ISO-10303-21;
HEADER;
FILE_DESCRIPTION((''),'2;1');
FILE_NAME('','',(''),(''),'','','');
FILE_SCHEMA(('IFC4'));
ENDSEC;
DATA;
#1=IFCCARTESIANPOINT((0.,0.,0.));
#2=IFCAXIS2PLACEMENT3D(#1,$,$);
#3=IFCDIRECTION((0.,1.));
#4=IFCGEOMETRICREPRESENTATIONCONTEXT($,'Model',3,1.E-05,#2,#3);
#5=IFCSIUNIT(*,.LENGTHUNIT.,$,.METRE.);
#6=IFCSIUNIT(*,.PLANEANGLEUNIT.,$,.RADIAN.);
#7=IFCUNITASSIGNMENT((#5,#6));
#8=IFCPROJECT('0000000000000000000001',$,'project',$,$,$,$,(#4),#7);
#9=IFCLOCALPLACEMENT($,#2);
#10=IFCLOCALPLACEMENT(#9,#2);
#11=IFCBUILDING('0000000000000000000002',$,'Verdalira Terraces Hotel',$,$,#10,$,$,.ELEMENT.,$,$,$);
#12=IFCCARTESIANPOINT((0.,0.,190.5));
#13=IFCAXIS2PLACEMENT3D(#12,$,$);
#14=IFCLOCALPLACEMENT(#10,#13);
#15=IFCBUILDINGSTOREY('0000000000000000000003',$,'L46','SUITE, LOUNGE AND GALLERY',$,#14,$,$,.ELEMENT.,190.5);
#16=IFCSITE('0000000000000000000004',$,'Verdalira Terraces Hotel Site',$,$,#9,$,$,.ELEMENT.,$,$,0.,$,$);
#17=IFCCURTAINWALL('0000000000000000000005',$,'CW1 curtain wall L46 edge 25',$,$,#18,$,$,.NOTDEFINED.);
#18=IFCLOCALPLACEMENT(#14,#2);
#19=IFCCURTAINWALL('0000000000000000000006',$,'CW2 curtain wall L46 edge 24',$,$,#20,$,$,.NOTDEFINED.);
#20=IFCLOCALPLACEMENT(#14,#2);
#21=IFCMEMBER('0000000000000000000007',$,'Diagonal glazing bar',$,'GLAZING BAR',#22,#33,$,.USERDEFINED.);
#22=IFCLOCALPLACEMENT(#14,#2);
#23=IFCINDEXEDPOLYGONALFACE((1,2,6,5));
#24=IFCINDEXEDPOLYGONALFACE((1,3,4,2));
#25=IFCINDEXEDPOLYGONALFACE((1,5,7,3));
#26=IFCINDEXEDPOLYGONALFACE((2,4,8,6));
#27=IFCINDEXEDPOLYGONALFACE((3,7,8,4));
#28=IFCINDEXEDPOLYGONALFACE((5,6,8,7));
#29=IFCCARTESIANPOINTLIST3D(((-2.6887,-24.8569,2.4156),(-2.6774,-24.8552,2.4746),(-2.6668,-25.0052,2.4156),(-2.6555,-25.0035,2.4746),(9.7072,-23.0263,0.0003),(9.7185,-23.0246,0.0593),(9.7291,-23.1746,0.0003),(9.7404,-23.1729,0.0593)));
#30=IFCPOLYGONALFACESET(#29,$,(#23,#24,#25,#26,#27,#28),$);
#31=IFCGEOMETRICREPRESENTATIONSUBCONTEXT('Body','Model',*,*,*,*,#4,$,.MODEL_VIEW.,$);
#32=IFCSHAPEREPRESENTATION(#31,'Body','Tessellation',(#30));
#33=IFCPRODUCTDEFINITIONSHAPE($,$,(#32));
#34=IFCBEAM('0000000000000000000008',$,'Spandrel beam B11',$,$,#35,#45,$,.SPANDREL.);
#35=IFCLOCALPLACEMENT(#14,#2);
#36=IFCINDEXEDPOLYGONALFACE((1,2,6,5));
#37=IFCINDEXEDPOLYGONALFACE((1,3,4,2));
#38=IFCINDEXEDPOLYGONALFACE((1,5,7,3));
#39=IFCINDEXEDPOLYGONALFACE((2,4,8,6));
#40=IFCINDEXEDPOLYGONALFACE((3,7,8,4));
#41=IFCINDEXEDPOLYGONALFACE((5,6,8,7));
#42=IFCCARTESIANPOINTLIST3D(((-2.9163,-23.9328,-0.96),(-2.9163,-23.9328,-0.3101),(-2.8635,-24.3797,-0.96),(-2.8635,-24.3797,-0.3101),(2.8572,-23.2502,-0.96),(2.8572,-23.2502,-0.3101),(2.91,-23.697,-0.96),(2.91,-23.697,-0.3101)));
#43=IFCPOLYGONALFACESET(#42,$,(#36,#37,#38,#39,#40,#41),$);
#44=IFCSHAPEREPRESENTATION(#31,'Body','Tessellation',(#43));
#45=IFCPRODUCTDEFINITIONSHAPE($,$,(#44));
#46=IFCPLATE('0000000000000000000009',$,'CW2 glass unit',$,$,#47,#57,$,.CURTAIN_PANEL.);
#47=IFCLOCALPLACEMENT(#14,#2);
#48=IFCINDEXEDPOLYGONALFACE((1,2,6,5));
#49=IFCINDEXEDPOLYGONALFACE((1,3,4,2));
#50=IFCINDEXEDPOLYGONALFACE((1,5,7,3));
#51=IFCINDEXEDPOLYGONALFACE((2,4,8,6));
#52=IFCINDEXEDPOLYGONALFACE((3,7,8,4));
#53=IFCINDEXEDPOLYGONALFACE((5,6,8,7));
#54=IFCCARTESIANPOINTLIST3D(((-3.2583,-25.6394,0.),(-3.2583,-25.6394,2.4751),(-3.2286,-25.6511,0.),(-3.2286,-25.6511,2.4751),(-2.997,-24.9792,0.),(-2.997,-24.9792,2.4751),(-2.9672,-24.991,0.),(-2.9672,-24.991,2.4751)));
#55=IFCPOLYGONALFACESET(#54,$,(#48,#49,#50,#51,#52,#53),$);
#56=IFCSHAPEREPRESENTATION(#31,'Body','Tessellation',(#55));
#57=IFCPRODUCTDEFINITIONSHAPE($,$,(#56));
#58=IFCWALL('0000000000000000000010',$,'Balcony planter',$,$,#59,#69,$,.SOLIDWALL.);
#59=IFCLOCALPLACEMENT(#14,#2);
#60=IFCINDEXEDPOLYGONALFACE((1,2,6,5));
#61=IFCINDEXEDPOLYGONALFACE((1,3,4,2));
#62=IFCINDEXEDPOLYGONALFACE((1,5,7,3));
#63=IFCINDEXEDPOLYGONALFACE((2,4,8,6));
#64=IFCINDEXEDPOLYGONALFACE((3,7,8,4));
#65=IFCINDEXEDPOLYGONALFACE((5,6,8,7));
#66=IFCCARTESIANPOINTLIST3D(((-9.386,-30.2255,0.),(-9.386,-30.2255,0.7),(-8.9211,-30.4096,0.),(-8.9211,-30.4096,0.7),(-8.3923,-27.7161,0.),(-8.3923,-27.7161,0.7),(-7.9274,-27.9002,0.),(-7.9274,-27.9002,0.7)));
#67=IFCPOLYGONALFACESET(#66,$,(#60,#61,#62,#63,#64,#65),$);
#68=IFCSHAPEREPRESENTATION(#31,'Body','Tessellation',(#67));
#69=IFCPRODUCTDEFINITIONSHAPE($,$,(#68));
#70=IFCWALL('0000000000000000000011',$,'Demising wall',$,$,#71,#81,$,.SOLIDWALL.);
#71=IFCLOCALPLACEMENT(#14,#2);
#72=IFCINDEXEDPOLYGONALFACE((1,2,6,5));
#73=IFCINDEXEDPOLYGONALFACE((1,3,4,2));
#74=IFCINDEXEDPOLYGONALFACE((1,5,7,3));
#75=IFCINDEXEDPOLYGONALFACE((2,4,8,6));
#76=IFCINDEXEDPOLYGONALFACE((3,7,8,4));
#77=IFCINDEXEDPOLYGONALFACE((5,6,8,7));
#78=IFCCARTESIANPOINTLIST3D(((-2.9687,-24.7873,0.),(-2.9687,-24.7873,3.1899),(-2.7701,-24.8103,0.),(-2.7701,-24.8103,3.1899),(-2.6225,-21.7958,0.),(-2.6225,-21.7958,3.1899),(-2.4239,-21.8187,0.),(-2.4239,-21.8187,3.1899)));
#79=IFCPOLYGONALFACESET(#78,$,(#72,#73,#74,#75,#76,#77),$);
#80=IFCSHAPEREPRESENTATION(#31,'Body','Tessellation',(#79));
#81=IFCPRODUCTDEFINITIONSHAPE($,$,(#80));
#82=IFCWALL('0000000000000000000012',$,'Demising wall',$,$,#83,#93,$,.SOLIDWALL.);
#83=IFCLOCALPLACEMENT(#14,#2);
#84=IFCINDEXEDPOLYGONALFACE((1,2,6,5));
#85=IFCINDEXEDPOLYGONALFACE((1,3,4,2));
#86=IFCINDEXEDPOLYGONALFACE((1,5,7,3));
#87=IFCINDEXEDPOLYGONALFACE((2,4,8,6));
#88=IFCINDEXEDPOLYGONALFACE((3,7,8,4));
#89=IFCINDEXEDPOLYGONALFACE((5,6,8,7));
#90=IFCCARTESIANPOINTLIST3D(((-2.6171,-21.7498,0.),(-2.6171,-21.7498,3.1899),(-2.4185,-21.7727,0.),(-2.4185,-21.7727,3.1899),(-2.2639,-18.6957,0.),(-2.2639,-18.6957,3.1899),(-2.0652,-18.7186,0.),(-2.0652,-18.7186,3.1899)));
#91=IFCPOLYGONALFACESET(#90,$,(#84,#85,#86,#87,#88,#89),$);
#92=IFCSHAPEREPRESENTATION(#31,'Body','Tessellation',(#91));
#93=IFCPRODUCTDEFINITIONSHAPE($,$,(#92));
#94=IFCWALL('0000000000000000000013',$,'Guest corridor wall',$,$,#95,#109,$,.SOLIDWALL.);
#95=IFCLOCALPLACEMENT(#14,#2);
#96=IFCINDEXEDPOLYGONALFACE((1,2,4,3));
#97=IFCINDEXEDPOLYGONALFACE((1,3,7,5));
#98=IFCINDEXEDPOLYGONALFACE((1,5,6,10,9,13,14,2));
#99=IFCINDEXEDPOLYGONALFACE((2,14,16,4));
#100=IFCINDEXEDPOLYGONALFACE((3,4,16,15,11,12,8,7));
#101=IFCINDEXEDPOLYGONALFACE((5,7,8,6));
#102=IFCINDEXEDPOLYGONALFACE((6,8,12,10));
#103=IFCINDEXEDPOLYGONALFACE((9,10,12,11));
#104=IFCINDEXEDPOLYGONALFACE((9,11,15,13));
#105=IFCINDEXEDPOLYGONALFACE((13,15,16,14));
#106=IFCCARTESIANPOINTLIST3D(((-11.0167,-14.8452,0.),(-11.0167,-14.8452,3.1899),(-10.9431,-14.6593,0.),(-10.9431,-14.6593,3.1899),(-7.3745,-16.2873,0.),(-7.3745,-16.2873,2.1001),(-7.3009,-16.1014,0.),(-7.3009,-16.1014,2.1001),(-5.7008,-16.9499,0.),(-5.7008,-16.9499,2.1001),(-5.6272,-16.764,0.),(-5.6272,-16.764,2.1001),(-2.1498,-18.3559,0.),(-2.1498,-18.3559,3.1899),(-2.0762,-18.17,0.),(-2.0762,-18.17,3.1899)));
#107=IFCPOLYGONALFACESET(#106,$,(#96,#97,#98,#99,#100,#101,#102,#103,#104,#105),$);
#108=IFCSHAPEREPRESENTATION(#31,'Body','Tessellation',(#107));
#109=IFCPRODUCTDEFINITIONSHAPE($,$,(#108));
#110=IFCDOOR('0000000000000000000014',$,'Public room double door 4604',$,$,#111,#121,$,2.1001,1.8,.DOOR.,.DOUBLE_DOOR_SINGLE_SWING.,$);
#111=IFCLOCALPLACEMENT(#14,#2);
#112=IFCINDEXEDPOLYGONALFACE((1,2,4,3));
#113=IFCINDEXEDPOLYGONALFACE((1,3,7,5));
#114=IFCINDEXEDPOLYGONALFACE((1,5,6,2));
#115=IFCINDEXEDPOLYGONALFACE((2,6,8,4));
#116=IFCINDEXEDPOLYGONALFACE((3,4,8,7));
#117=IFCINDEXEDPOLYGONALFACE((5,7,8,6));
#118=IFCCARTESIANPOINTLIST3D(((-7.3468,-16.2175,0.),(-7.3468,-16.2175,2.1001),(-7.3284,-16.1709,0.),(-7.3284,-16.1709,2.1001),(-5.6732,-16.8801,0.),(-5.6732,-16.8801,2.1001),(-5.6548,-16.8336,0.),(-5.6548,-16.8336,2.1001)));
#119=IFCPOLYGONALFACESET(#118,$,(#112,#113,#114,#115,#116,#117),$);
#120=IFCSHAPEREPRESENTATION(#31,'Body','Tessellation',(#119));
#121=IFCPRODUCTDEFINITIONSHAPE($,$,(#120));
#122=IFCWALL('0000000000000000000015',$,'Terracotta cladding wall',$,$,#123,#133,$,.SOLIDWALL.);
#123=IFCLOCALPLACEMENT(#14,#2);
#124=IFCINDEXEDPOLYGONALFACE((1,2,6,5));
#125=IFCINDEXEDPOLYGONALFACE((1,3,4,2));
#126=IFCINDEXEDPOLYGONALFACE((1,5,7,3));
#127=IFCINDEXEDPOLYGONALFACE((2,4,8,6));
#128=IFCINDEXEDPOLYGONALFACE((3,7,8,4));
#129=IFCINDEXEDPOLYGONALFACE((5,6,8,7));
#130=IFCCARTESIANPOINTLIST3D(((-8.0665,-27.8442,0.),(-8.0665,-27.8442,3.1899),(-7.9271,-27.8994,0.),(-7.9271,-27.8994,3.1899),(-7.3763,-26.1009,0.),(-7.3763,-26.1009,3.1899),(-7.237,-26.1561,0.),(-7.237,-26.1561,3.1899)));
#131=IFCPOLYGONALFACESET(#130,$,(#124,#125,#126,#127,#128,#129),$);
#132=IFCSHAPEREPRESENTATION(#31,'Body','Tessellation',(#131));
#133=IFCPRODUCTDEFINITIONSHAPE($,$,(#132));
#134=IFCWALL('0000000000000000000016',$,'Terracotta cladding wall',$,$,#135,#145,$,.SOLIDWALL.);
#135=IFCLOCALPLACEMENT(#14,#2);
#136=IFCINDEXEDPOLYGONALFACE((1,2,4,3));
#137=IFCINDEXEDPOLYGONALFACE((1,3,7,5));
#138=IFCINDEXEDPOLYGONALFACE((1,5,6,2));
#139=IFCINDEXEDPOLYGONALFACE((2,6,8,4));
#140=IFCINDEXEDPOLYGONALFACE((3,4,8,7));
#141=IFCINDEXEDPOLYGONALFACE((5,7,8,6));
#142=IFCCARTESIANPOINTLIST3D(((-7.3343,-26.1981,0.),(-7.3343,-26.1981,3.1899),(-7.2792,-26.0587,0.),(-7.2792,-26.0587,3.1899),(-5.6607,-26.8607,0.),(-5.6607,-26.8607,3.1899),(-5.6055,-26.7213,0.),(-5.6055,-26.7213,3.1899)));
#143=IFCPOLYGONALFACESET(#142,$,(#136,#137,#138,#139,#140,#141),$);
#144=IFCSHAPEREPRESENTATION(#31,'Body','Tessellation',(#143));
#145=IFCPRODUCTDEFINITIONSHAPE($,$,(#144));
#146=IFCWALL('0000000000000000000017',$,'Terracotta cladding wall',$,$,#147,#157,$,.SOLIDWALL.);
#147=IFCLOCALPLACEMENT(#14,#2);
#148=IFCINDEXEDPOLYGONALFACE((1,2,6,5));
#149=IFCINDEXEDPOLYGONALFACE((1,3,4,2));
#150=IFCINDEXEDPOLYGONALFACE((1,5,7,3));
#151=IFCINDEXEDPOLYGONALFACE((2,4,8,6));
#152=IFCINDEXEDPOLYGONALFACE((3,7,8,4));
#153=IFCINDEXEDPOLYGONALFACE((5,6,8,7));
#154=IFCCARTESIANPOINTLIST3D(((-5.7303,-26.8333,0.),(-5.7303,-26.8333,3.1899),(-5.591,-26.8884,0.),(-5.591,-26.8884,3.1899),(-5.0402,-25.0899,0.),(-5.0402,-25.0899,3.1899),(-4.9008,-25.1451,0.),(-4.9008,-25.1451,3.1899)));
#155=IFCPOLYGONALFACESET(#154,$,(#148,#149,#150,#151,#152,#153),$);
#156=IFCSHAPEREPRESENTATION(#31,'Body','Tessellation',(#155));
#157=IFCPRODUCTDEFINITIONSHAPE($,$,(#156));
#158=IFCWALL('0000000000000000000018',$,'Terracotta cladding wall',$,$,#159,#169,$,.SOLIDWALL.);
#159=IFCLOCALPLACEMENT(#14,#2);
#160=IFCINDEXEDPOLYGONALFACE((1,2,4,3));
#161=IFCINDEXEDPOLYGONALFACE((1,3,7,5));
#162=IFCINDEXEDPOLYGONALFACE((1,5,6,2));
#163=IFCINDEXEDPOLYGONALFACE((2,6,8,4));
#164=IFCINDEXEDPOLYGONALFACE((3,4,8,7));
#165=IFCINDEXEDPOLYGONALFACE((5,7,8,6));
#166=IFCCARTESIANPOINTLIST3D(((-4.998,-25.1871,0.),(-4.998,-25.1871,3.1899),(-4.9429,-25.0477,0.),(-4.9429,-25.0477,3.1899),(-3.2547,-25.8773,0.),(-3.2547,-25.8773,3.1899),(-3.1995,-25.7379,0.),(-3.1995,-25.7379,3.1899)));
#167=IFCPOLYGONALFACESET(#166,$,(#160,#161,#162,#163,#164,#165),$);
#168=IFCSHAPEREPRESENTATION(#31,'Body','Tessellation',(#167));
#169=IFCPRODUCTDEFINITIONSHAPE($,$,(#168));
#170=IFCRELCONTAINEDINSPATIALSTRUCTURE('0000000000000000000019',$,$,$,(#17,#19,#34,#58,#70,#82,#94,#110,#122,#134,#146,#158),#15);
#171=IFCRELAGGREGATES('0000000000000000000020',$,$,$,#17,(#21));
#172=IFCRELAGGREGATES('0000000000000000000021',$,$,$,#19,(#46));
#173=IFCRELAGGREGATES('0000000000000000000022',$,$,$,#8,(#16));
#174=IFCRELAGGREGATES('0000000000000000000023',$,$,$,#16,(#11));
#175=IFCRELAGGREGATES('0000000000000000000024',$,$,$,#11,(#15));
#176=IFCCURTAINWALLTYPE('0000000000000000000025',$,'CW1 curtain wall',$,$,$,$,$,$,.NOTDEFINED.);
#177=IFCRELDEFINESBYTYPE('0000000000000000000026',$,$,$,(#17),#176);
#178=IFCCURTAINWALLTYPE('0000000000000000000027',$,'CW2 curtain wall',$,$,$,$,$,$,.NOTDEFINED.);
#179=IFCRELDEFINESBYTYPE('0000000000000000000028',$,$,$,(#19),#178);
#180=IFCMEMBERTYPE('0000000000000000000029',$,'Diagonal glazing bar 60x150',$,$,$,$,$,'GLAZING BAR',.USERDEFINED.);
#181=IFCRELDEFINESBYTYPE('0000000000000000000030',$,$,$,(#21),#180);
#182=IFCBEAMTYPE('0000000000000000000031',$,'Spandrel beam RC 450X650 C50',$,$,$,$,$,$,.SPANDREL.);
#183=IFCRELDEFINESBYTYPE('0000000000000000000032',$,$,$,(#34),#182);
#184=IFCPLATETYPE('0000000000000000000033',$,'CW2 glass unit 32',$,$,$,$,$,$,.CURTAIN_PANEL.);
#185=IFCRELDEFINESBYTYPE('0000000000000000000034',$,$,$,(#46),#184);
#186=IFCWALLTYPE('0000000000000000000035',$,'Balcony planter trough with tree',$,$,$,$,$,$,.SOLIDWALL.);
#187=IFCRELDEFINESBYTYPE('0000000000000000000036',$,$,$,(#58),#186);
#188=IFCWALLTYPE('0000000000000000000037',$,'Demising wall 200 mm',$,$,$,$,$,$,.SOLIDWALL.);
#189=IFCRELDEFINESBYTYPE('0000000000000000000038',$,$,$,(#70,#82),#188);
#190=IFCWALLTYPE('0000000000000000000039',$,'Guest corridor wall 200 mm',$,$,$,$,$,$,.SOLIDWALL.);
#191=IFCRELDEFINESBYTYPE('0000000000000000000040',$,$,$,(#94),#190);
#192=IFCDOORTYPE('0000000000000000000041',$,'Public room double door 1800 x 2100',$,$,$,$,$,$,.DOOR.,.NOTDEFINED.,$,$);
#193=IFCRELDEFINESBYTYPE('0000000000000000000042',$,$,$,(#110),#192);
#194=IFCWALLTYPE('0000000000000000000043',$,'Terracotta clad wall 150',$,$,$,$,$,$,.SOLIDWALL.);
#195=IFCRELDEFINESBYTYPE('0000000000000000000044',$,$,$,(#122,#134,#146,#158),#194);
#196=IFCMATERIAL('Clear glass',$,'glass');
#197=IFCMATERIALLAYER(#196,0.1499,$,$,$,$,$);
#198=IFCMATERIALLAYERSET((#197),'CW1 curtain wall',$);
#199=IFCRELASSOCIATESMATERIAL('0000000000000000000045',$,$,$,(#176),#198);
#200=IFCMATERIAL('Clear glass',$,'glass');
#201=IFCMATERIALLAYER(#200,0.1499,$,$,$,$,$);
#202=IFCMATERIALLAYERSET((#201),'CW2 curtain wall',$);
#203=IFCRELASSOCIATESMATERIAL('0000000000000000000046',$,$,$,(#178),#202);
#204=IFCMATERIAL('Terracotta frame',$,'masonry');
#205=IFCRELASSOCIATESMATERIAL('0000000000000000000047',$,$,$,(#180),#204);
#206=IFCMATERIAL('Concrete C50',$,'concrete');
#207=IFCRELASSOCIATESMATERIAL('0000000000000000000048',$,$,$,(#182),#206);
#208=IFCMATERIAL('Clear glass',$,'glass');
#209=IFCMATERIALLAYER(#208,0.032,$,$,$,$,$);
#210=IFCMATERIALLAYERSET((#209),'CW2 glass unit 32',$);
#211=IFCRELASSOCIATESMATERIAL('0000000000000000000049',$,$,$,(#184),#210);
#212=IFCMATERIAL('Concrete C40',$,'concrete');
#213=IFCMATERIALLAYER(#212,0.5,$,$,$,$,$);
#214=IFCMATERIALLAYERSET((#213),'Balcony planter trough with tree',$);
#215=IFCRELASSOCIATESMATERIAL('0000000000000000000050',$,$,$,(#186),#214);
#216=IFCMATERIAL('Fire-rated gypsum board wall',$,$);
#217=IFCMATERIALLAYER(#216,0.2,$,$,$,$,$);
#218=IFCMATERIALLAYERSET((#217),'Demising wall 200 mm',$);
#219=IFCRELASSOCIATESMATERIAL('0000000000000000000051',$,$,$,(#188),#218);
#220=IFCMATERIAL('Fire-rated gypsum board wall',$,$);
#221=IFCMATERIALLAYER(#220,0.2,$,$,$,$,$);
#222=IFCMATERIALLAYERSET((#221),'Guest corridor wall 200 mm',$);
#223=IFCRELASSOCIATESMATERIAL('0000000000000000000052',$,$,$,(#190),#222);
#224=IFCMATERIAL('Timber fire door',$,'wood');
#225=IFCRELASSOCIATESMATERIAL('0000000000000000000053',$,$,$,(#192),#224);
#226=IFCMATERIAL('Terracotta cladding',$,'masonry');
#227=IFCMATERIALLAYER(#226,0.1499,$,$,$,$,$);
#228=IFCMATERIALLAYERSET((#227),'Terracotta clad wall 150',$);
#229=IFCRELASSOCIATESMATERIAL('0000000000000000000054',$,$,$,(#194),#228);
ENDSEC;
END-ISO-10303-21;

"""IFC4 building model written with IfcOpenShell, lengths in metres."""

from ifc_helpers import new_model, si_unit, direction, frame, frame_2d, origin, origin_2d, place, context, subcontext, project, spatial, rectangle, extrude, material, layer, layer_set, material_profile, profile_set, type_object, element, fill, aggregate, save


model = new_model("IFC4")

# Units and contexts
model_context = context("Model", 3, precision=1e-05, world=origin(), true_north=direction((0.0, 1.0)))
body_context = subcontext(model_context, "Body", "Model", "MODEL_VIEW")
ifc_project = project(units=[si_unit("LENGTHUNIT", "METRE"), si_unit("PLANEANGLEUNIT", "RADIAN")], contexts=[model_context])

# Site, building, storey
site_placement = place(None, origin())
site = spatial("IfcSite", under=ifc_project, at=site_placement, Name="Verdalira Terraces Hotel Site", CompositionType="ELEMENT", RefElevation=0.0)
building_placement = place(site_placement, origin())
building = spatial("IfcBuilding", under=site, at=building_placement, Name="Verdalira Terraces Hotel", CompositionType="ELEMENT")
storey_placement = place(building_placement, frame((0.0, 0.0, 190.5)))
storey = spatial("IfcBuildingStorey", under=building, at=storey_placement, Name="L46", Description="SUITE, LOUNGE AND GALLERY", CompositionType="ELEMENT", Elevation=190.5)

# Curtain walls
ifc_material_1 = material(Name="Clear glass", Category="glass")
ifc_layer_1 = layer(ifc_material_1, 0.1499)
ifc_layer_set_1 = layer_set([ifc_layer_1], Name="CW1 curtain wall")
curtain_wall_type_1 = type_object("IfcCurtainWallType", Name="CW1 curtain wall", PredefinedType="NOTDEFINED", material=ifc_layer_set_1)
curtain_wall_1_placement = place(storey_placement, origin())
curtain_wall_1 = element("IfcCurtainWall", 1, at=curtain_wall_1_placement, inside=storey, type_object=curtain_wall_type_1, Name="CW1 curtain wall L46 edge 25", PredefinedType="NOTDEFINED")
ifc_material_2 = material(Name="Clear glass", Category="glass")
ifc_layer_2 = layer(ifc_material_2, 0.1499)
ifc_layer_set_2 = layer_set([ifc_layer_2], Name="CW2 curtain wall")
curtain_wall_type_2 = type_object("IfcCurtainWallType", Name="CW2 curtain wall", PredefinedType="NOTDEFINED", material=ifc_layer_set_2)
curtain_wall_2_placement = place(storey_placement, origin())
curtain_wall_2 = element("IfcCurtainWall", 2, at=curtain_wall_2_placement, inside=storey, type_object=curtain_wall_type_2, Name="CW2 curtain wall L46 edge 24", PredefinedType="NOTDEFINED")

# Member
ifc_material_3 = material(Name="Terracotta frame", Category="masonry")
ifc_material_profile_1 = material_profile(ifc_material_3, rectangle(XDim=0.1499, YDim=0.0601, at=origin_2d()), Name="GB 60x150")
ifc_profile_set_1 = profile_set([ifc_material_profile_1], Name="Terracotta frame")
member_type_1 = type_object("IfcMemberType", Name="Diagonal glazing bar 60x150", ElementType="GLAZING BAR", PredefinedType="USERDEFINED", material=ifc_profile_set_1)
member_1_placement = place(storey_placement, frame((-2.6721, -24.9302, 2.4451), z_axis=(0.97139, 0.143449, -0.189269), x_axis=(-0.14609, 0.989271, 0.0)))
member_1 = element("IfcMember", 3, at=member_1_placement, type_object=member_type_1, Name="Diagonal glazing bar", ObjectType="GLAZING BAR", PredefinedType="USERDEFINED", context=body_context, shape_type="SweptSolid", body=[
    extrude(rectangle(XDim=0.1499, YDim=0.0601, at=origin_2d()), origin(), (0.0, 0.0, 1.0), 12.761),
])
aggregate(curtain_wall_1, [member_1])

# Beam
ifc_material_4 = material(Name="Concrete C50", Category="concrete")
ifc_material_profile_2 = material_profile(ifc_material_4, rectangle(XDim=0.45, YDim=0.6499, at=origin_2d()), Name="RC 450X650")
ifc_profile_set_2 = profile_set([ifc_material_profile_2], Name="Concrete C50")
beam_type_1 = type_object("IfcBeamType", Name="Spandrel beam RC 450X650 C50", PredefinedType="SPANDREL", material=ifc_profile_set_2)
beam_1_placement = place(storey_placement, frame((-2.8899, -24.1562, -0.635), z_axis=(0.993083, 0.117416, 0.0), x_axis=(-0.117416, 0.993083, 0.0)))
element("IfcBeam", 4, at=beam_1_placement, inside=storey, type_object=beam_type_1, Name="Spandrel beam B11", PredefinedType="SPANDREL", context=body_context, shape_type="SweptSolid", body=[
    extrude(rectangle(XDim=0.45, YDim=0.6499, at=origin_2d()), origin(), (0.0, 0.0, 1.0), 5.8137),
])

# Plate
ifc_material_5 = material(Name="Clear glass", Category="glass")
ifc_layer_3 = layer(ifc_material_5, 0.032)
ifc_layer_set_3 = layer_set([ifc_layer_3], Name="CW2 glass unit 32")
plate_type = type_object("IfcPlateType", Name="CW2 glass unit 32", PredefinedType="CURTAIN_PANEL", material=ifc_layer_set_3)
plate_placement = place(storey_placement, frame((-3.1128, -25.3152, 0.0), z_axis=(0.0, 0.0, 1.0), x_axis=(0.368125, 0.929776, 0.0)))
plate = element("IfcPlate", 5, at=plate_placement, type_object=plate_type, Name="CW2 glass unit", PredefinedType="CURTAIN_PANEL", context=body_context, shape_type="SweptSolid", body=[
    extrude(rectangle(XDim=0.71, YDim=0.032, at=origin_2d()), origin(), (0.0, 0.0, 1.0), 2.4751),
])
aggregate(curtain_wall_2, [plate])

# Walls
ifc_material_6 = material(Name="Concrete C40", Category="concrete")
ifc_layer_4 = layer(ifc_material_6, 0.5)
ifc_layer_set_4 = layer_set([ifc_layer_4], Name="Balcony planter trough with tree")
wall_type_1 = type_object("IfcWallType", Name="Balcony planter trough with tree", PredefinedType="SOLIDWALL", material=ifc_layer_set_4)
wall_1_placement = place(storey_placement, frame((-9.1536, -30.3176, 0.0), z_axis=(0.0, 0.0, 1.0), x_axis=(0.368176, 0.929756, 0.0)))
element("IfcWall", 6, at=wall_1_placement, inside=storey, type_object=wall_type_1, Name="Balcony planter", PredefinedType="SOLIDWALL", context=body_context, shape_type="SweptSolid", body=[
    extrude(rectangle(XDim=2.699, YDim=0.5, at=frame_2d((1.3496, 0.0))), origin(), (0.0, 0.0, 1.0), 0.7),
])
ifc_material_7 = material(Name="Fire-rated gypsum board wall")
ifc_layer_5 = layer(ifc_material_7, 0.2)
ifc_layer_set_5 = layer_set([ifc_layer_5], Name="Demising wall 200 mm")
wall_type_2 = type_object("IfcWallType", Name="Demising wall 200 mm", PredefinedType="SOLIDWALL", material=ifc_layer_set_5)
wall_2_placement = place(storey_placement, frame((-2.5232, -21.8071, 0.0), z_axis=(0.0, 0.0, 1.0), x_axis=(-0.11496, -0.99337, 0.0)))
element("IfcWall", 7, at=wall_2_placement, inside=storey, type_object=wall_type_2, Name="Demising wall", PredefinedType="SOLIDWALL", context=body_context, shape_type="SweptSolid", body=[
    extrude(rectangle(XDim=3.0115, YDim=0.2, at=frame_2d((1.5059, 0.0))), origin(), (0.0, 0.0, 1.0), 3.1899),
])
wall_3_placement = place(storey_placement, frame((-2.1646, -18.7073, 0.0), z_axis=(0.0, 0.0, 1.0), x_axis=(-0.114901, -0.993377, 0.0)))
element("IfcWall", 8, at=wall_3_placement, inside=storey, type_object=wall_type_2, Name="Demising wall", PredefinedType="SOLIDWALL", context=body_context, shape_type="SweptSolid", body=[
    extrude(rectangle(XDim=3.0745, YDim=0.2, at=frame_2d((1.5371, 0.0))), origin(), (0.0, 0.0, 1.0), 3.1899),
])

# Wall, opening, door
ifc_material_8 = material(Name="Fire-rated gypsum board wall")
ifc_layer_6 = layer(ifc_material_8, 0.2)
ifc_layer_set_6 = layer_set([ifc_layer_6], Name="Guest corridor wall 200 mm")
wall_type_3 = type_object("IfcWallType", Name="Guest corridor wall 200 mm", PredefinedType="SOLIDWALL", material=ifc_layer_set_6)
wall_4_placement = place(storey_placement, frame((-2.113, -18.2629, 0.0), z_axis=(0.0, 0.0, 1.0), x_axis=(-0.929774, 0.368131, 0.0)))
wall_4 = element("IfcWall", 9, at=wall_4_placement, inside=storey, type_object=wall_type_3, Name="Guest corridor wall", PredefinedType="SOLIDWALL", context=body_context, shape_type="SweptSolid", body=[
    extrude(rectangle(XDim=9.5366, YDim=0.2, at=frame_2d((4.7683, 0.0))), origin(), (0.0, 0.0, 1.0), 3.1899),
])
opening_placement = place(wall_4_placement, frame((3.8193, 0.0, 0.0)))
opening = element("IfcOpeningElement", 10, at=opening_placement, cuts=wall_4, PredefinedType="OPENING", context=body_context, shape_type="SweptSolid", body=[
    extrude(rectangle(XDim=1.8, YDim=2.1001, at=frame_2d((0.8999, 1.05))), frame((0.0, 0.1099, 0.0), z_axis=(0.0, -1.0, 0.0), x_axis=(1.0, 0.0, 0.0)), (0.0, 0.0, 1.0), 0.22),
])
ifc_material_9 = material(Name="Timber fire door", Category="wood")
door_type = type_object("IfcDoorType", Name="Public room double door 1800 x 2100", OperationType="NOTDEFINED", PredefinedType="DOOR", material=ifc_material_9)
door_placement = place(opening_placement, origin())
door = element("IfcDoor", 11, at=door_placement, inside=storey, type_object=door_type, Name="Public room double door 4604", OperationType="DOUBLE_DOOR_SINGLE_SWING", OverallHeight=2.1001, OverallWidth=1.8, PredefinedType="DOOR", context=body_context, shape_type="SweptSolid", body=[
    extrude(rectangle(XDim=1.8, YDim=2.1001, at=frame_2d((0.8999, 1.05))), frame((0.0, 0.0249, 0.0), z_axis=(0.0, -1.0, 0.0), x_axis=(1.0, 0.0, 0.0)), (0.0, 0.0, 1.0), 0.05),
])
fill(opening, door)

# Walls
ifc_material_10 = material(Name="Terracotta cladding", Category="masonry")
ifc_layer_7 = layer(ifc_material_10, 0.1499)
ifc_layer_set_7 = layer_set([ifc_layer_7], Name="Terracotta clad wall 150")
wall_type_4 = type_object("IfcWallType", Name="Terracotta clad wall 150", PredefinedType="SOLIDWALL", material=ifc_layer_set_7)
wall_5_placement = place(storey_placement, frame((-7.9968, -27.8718, 0.0), z_axis=(0.0, 0.0, 1.0), x_axis=(0.368088, 0.929791, 0.0)))
element("IfcWall", 12, at=wall_5_placement, inside=storey, type_object=wall_type_4, Name="Terracotta cladding wall", PredefinedType="SOLIDWALL", context=body_context, shape_type="SweptSolid", body=[
    extrude(rectangle(XDim=1.875, YDim=0.1499, at=frame_2d((0.9375, 0.0))), origin(), (0.0, 0.0, 1.0), 3.1899),
])
wall_6_placement = place(storey_placement, frame((-7.3066, -26.1284, 0.0), z_axis=(0.0, 0.0, 1.0), x_axis=(0.929781, -0.368114, 0.0)))
element("IfcWall", 13, at=wall_6_placement, inside=storey, type_object=wall_type_4, Name="Terracotta cladding wall", PredefinedType="SOLIDWALL", context=body_context, shape_type="SweptSolid", body=[
    extrude(rectangle(XDim=1.8, YDim=0.1499, at=frame_2d((0.8999, 0.0))), origin(), (0.0, 0.0, 1.0), 3.1899),
])
for number, where, z_axis, x_axis, name in (
    (14, (-5.6606, -26.8608, 0.0), (0.0, 0.0, 1.0), (0.368088, 0.929791, 0.0), "Terracotta cladding wall"),
    (15, (-4.9705, -25.1174, 0.0), (0.0, 0.0, 1.0), (0.929791, -0.368088, 0.0), "Terracotta cladding wall"),
):
    element("IfcWall", number, at=place(storey_placement, frame(where, z_axis=z_axis, x_axis=x_axis)), inside=storey, type_object=wall_type_4, Name=name, PredefinedType="SOLIDWALL", context=body_context, shape_type="SweptSolid", body=[
        extrude(rectangle(XDim=1.875, YDim=0.1499, at=frame_2d((0.9375, 0.0))), origin(), (0.0, 0.0, 1.0), 3.1899),
    ])

save(model, "model.ifc")
